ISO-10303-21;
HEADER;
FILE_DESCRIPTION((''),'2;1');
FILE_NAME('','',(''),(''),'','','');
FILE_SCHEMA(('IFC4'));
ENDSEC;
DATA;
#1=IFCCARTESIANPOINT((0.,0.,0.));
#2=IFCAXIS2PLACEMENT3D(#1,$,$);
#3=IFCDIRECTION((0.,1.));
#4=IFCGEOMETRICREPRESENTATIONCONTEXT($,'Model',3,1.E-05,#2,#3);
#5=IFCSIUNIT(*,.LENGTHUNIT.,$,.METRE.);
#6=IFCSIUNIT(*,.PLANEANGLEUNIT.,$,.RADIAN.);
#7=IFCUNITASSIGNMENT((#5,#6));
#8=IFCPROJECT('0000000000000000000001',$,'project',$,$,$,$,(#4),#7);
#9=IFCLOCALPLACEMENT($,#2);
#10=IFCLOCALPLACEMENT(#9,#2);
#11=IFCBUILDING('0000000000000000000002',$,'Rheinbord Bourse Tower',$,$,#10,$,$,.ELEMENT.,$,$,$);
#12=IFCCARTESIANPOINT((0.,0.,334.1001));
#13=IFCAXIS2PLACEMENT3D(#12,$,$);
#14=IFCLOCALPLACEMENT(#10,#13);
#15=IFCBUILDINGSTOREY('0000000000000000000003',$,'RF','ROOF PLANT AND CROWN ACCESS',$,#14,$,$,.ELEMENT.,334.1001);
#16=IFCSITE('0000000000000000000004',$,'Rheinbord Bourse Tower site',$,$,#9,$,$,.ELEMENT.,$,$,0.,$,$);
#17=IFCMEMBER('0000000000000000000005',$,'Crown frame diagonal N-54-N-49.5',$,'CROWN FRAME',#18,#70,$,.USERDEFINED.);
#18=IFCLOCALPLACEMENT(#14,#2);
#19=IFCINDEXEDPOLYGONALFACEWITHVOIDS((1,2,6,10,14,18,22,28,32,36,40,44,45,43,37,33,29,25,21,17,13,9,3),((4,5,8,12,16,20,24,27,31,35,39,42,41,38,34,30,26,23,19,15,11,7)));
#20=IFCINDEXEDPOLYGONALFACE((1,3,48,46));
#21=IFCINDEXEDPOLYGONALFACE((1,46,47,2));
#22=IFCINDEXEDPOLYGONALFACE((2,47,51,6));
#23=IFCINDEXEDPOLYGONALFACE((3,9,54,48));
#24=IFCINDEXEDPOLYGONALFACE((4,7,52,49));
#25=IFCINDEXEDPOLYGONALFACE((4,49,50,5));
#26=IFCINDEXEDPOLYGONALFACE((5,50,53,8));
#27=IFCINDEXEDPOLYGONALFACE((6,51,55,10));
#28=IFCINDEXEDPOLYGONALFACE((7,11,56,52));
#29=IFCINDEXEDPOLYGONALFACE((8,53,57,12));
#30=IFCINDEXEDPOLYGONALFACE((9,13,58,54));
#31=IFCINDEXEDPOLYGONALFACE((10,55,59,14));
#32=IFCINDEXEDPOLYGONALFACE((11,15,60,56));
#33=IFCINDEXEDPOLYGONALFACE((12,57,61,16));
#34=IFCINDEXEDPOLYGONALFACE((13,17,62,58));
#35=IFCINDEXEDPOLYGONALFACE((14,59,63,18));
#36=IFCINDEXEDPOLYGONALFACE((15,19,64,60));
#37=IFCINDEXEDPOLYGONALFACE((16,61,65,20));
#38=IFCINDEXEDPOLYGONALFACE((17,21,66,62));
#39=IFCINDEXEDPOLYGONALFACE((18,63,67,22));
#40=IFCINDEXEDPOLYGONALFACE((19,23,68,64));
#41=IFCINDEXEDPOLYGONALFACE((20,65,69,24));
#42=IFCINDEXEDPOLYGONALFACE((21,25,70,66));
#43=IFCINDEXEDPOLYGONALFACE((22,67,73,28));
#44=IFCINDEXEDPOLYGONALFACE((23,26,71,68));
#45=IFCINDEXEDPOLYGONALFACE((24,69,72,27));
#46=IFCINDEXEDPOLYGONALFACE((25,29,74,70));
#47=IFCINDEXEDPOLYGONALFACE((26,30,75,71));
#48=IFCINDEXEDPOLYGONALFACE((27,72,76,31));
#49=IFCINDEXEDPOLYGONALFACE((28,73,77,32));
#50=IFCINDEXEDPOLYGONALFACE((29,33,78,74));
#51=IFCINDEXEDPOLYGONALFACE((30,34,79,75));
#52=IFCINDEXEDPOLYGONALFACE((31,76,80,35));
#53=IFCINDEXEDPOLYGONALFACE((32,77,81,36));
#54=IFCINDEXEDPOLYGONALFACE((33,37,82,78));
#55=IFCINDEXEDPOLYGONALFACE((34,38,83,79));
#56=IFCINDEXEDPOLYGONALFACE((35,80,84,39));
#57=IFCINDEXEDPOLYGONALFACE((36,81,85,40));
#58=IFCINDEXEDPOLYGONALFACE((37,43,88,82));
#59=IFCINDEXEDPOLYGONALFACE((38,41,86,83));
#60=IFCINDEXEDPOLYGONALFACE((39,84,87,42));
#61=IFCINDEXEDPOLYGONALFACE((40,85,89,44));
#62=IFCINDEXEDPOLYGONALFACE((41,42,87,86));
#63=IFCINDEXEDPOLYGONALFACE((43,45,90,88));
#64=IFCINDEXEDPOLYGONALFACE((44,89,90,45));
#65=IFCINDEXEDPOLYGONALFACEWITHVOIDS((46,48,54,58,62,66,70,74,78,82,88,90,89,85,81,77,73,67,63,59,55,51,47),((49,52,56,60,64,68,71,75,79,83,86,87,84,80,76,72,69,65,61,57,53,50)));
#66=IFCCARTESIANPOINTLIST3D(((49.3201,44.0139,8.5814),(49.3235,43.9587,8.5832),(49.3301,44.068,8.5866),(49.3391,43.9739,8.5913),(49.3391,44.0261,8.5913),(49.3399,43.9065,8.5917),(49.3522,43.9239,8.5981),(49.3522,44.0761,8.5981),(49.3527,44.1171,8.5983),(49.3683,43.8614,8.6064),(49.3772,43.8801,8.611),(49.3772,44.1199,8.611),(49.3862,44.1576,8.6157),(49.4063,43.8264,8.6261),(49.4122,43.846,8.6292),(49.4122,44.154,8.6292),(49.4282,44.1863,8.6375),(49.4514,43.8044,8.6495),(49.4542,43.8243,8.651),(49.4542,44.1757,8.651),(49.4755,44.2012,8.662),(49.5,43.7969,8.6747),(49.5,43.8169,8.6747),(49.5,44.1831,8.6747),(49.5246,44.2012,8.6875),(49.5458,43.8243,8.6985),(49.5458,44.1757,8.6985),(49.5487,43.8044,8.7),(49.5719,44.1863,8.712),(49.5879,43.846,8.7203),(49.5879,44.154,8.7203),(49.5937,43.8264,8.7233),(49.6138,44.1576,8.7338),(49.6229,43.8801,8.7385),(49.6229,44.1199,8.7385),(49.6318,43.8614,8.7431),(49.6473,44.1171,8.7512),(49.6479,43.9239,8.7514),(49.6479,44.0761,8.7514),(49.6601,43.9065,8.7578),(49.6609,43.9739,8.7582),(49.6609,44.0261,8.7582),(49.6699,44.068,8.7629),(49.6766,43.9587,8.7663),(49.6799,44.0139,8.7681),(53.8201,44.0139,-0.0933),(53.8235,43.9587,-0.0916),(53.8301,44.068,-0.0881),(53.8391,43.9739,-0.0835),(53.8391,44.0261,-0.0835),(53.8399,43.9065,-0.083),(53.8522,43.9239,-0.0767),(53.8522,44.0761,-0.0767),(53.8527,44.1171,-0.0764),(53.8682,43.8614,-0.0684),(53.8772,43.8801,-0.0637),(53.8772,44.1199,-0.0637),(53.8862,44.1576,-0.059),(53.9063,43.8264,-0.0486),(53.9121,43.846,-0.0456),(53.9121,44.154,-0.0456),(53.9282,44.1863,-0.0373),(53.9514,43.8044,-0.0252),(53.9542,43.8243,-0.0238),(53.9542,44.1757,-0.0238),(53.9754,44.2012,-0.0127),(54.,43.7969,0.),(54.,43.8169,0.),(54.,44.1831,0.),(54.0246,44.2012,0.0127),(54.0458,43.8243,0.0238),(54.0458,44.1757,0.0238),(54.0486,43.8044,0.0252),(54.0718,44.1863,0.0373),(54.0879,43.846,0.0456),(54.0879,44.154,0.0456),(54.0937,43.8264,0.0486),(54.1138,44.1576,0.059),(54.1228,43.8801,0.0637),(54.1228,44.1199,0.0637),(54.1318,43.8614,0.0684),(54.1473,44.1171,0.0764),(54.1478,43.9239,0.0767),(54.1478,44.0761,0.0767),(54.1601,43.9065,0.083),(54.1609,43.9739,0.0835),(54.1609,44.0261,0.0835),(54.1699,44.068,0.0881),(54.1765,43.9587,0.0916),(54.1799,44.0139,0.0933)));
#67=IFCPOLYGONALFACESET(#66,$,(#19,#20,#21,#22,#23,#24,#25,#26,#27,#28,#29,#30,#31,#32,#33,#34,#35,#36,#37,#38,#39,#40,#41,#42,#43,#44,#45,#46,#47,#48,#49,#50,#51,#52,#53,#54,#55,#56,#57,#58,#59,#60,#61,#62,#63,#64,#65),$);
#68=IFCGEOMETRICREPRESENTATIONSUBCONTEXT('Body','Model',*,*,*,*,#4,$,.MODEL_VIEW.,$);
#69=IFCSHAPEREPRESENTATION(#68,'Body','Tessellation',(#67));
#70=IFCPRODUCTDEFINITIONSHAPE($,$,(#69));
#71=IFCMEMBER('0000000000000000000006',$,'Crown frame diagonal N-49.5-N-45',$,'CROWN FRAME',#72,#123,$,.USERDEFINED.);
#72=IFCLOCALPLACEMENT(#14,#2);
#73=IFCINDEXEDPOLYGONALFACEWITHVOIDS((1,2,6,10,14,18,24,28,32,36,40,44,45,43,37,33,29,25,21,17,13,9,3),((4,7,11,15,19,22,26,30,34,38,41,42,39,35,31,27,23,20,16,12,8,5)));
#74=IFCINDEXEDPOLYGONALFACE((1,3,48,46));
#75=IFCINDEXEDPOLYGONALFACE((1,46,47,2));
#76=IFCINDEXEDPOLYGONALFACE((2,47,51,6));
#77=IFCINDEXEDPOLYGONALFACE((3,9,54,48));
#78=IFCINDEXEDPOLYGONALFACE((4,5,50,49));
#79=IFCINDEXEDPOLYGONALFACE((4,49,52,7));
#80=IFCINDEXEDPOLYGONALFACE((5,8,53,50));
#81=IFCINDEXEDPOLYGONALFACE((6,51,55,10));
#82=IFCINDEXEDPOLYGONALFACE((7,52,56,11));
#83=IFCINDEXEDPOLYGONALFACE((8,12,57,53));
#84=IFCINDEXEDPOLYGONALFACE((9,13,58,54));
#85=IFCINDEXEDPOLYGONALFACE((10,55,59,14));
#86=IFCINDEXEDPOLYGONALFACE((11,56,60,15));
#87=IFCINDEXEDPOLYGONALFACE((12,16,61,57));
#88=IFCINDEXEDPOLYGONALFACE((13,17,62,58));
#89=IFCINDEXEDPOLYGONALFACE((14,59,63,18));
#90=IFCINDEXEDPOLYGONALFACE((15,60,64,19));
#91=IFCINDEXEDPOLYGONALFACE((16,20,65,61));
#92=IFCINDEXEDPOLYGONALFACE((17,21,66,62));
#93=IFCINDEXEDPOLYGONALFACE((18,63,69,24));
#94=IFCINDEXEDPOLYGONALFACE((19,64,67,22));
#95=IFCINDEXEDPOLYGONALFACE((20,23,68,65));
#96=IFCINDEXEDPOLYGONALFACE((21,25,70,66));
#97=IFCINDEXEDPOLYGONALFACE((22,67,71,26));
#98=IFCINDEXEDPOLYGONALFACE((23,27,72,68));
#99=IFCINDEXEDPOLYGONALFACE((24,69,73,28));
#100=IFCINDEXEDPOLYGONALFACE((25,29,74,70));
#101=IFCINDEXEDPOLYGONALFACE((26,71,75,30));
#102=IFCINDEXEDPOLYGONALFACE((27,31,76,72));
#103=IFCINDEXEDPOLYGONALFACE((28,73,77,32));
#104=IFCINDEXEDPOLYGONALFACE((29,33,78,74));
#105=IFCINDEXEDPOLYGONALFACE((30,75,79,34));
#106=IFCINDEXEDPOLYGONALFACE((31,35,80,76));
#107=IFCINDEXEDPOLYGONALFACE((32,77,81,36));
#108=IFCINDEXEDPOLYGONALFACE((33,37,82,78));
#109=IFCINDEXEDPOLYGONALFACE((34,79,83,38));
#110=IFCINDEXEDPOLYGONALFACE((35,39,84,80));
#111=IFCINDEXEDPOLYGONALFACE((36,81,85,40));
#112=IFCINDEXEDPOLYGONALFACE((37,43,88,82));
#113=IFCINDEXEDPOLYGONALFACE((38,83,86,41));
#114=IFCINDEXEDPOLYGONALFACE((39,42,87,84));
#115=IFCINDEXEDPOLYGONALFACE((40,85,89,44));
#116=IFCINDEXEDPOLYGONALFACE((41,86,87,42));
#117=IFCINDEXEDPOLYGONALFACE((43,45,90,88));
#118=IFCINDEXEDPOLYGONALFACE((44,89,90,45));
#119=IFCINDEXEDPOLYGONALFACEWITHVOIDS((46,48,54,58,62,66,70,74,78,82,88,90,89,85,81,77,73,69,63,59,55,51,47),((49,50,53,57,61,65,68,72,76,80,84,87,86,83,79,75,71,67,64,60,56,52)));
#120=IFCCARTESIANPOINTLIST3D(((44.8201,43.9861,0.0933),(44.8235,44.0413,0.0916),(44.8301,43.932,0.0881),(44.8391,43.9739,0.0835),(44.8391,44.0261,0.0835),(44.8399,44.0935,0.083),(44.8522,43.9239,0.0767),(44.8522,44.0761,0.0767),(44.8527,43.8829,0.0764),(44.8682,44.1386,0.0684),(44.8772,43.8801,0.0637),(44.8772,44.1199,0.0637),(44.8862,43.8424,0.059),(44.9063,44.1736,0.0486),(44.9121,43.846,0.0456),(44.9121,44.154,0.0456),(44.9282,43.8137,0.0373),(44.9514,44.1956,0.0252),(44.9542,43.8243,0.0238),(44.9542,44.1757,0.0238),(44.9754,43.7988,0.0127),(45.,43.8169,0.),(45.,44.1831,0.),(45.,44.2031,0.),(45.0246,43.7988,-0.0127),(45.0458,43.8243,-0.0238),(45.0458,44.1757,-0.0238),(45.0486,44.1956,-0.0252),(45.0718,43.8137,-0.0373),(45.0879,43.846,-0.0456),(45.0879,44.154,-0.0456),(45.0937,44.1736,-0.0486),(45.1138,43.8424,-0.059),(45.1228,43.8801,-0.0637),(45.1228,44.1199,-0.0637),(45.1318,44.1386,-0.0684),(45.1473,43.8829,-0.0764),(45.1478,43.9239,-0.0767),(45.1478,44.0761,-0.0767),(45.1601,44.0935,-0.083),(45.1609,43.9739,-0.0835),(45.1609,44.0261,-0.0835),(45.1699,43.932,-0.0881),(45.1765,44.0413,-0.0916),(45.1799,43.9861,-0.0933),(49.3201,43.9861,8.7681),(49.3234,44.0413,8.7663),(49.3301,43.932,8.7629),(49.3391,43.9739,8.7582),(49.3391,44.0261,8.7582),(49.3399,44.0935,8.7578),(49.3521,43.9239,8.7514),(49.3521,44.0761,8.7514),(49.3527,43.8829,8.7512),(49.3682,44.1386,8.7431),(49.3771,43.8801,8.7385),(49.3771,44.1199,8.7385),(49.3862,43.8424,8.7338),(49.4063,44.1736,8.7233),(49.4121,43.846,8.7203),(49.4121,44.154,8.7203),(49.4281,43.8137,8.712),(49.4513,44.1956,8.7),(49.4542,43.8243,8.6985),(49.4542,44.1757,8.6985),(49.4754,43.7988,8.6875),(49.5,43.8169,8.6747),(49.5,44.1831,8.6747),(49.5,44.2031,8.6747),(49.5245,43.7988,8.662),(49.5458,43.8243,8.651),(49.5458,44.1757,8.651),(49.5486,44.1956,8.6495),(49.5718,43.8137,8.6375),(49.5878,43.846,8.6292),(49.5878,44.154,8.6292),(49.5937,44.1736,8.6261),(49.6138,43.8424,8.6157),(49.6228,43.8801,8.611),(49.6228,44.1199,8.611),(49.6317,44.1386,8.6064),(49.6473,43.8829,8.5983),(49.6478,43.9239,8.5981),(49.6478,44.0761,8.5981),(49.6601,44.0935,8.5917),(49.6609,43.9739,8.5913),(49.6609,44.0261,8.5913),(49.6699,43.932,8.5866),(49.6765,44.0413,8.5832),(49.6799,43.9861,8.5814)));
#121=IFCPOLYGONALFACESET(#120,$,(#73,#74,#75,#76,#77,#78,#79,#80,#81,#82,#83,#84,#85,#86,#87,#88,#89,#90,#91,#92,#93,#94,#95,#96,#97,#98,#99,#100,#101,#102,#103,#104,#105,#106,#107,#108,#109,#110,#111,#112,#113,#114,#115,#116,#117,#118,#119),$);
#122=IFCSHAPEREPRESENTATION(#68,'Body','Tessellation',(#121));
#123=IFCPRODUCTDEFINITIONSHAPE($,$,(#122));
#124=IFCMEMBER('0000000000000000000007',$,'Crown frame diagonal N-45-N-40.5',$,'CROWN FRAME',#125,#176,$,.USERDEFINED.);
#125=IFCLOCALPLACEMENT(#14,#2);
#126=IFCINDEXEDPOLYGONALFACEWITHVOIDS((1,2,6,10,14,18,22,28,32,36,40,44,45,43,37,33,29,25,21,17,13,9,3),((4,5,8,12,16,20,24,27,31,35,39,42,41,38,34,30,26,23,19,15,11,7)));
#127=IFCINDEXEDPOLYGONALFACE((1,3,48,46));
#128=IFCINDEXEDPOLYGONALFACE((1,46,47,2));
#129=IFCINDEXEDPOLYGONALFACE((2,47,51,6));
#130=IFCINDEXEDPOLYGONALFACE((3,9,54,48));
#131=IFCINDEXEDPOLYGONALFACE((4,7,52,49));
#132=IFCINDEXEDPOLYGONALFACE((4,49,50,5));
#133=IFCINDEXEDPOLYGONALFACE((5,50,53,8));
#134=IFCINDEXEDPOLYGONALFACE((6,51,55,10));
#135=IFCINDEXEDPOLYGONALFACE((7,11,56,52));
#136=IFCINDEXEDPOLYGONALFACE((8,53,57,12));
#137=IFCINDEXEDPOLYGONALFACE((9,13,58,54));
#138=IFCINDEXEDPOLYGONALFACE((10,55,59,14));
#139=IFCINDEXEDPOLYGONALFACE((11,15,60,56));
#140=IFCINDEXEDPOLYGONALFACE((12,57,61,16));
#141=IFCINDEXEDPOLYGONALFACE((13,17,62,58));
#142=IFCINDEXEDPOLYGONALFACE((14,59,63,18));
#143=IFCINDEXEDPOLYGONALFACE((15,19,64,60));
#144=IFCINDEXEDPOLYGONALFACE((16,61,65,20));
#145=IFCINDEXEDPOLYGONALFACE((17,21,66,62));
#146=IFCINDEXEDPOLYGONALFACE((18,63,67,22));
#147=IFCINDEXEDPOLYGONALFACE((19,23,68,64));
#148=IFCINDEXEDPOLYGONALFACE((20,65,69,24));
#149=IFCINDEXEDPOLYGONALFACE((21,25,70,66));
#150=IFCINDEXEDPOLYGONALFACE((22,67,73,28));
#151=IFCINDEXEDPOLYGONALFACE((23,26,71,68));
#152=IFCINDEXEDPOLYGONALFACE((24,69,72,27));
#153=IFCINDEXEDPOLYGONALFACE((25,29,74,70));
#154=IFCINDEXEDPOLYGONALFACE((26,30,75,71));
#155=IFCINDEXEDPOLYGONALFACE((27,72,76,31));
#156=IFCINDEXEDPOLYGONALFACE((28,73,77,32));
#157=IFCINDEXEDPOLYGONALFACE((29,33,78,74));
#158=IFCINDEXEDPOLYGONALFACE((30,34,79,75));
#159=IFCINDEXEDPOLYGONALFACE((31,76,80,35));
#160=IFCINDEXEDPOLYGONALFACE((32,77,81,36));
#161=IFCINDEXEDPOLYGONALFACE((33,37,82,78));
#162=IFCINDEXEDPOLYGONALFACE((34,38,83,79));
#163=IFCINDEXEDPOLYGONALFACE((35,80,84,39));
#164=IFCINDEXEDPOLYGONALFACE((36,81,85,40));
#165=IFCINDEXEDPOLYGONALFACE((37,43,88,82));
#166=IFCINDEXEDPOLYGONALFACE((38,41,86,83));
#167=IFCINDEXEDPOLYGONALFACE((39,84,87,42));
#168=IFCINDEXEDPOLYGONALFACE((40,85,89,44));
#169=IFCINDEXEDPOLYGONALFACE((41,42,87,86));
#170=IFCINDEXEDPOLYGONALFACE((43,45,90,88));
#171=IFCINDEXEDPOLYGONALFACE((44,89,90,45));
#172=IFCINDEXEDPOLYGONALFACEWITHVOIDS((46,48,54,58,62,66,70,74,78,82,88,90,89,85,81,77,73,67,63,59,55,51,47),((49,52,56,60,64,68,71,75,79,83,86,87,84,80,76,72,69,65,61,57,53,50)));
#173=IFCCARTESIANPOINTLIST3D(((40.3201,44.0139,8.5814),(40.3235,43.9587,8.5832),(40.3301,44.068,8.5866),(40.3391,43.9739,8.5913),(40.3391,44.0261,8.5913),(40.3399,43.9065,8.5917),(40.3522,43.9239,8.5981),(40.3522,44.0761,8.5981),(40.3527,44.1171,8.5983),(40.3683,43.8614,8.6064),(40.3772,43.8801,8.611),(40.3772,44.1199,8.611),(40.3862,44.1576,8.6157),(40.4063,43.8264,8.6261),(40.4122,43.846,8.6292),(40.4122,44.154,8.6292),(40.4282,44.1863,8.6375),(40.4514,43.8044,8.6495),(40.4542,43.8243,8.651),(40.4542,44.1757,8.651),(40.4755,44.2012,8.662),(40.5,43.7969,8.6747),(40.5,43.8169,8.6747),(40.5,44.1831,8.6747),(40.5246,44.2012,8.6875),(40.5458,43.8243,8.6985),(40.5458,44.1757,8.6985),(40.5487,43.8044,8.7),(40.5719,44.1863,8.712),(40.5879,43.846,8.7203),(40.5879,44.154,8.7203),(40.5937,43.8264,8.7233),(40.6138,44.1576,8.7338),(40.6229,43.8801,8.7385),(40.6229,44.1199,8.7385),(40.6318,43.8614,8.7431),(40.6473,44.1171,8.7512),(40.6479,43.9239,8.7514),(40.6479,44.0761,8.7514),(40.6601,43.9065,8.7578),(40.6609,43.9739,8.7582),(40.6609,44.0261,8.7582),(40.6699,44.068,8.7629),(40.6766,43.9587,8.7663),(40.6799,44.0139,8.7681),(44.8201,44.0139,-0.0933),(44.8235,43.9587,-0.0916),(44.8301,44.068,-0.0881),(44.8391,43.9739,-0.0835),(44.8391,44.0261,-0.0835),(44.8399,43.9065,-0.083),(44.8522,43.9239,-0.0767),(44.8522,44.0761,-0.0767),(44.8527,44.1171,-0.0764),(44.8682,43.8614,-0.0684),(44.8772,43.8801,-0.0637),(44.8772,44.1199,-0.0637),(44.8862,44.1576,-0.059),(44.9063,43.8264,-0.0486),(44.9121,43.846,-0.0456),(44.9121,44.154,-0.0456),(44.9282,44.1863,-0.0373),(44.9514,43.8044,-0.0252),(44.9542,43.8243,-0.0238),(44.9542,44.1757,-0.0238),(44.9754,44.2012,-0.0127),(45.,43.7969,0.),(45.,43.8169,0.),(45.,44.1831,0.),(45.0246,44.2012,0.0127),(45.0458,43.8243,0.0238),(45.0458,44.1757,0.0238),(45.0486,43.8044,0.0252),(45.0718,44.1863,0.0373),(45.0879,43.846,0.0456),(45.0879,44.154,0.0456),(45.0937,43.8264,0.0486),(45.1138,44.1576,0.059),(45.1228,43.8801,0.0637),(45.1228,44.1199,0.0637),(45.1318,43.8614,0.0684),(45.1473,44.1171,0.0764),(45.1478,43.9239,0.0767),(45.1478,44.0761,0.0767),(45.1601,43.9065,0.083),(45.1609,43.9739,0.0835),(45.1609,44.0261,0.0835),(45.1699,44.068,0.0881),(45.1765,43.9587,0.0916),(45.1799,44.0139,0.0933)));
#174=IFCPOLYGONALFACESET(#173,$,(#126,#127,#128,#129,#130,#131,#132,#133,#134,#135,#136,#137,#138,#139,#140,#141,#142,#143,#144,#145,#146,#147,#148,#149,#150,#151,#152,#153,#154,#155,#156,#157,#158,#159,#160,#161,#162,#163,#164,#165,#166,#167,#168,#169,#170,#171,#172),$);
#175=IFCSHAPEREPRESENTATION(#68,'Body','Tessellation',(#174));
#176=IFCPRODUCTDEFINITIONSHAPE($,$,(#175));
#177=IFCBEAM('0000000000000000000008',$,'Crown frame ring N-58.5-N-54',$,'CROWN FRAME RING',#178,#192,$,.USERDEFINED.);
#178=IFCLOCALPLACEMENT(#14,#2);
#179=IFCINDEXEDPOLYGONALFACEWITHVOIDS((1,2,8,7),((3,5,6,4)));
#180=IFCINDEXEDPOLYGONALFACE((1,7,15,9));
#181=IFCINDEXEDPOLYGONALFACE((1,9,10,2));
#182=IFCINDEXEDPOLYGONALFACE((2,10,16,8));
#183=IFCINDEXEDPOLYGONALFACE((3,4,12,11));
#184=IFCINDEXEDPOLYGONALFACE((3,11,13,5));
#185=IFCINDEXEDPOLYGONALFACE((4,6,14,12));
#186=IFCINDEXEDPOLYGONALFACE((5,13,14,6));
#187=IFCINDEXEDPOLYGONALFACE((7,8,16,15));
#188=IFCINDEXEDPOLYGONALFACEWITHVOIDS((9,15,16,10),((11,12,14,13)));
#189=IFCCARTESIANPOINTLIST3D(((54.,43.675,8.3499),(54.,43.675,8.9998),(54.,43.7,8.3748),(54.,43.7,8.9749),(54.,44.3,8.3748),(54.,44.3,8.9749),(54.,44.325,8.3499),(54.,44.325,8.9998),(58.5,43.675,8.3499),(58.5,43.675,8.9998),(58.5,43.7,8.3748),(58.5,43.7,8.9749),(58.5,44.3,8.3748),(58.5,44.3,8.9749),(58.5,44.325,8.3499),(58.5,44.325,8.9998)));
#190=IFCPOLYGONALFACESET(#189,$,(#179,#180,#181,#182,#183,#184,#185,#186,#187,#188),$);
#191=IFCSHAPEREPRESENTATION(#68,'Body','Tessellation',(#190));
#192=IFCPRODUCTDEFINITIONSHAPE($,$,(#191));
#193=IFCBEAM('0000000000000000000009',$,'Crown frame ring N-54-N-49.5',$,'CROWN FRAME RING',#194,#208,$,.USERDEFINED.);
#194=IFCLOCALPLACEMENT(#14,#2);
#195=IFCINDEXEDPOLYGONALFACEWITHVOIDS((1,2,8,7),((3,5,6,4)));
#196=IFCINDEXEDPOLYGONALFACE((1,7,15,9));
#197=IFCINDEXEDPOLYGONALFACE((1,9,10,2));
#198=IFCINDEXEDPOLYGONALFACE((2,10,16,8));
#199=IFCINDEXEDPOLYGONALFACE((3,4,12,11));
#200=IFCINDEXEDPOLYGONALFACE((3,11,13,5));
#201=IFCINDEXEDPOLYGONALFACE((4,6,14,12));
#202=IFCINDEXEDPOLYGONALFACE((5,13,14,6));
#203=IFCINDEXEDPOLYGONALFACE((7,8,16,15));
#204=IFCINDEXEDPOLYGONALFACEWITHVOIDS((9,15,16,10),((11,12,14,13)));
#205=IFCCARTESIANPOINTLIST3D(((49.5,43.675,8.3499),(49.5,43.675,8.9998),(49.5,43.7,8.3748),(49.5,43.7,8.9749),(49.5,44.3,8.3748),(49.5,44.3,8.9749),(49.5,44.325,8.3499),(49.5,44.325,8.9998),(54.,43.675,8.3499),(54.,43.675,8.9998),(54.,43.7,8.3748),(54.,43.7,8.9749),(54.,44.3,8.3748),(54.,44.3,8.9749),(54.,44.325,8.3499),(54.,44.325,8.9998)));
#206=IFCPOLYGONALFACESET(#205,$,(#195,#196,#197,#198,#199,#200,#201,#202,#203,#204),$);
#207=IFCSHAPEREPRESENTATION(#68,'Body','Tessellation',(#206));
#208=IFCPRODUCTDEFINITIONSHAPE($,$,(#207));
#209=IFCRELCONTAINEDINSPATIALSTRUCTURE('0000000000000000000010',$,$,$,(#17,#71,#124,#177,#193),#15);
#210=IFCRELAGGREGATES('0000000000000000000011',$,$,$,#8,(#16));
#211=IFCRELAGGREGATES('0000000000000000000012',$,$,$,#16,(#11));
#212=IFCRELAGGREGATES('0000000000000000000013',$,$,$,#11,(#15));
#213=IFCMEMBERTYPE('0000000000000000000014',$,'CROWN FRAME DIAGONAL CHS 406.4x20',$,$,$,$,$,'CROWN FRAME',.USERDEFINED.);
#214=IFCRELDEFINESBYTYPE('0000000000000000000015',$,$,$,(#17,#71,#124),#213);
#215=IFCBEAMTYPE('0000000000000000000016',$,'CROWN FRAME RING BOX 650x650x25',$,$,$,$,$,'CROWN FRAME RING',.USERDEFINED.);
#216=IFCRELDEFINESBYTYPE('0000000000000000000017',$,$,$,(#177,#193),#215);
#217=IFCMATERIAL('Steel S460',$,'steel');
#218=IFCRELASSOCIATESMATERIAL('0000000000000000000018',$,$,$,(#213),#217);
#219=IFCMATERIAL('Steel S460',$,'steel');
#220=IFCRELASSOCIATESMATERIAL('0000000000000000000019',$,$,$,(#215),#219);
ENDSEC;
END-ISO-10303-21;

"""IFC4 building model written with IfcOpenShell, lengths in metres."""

from ifc_helpers import new_model, si_unit, direction, frame, origin, origin_2d, place, context, subcontext, project, spatial, hollow_rectangle, hollow_circle, extrude, material, material_profile, profile_set, type_object, element, save


model = new_model("IFC4")

# Units and contexts
model_context = context("Model", 3, precision=1e-05, world=origin(), true_north=direction((0.0, 1.0)))
body_context = subcontext(model_context, "Body", "Model", "MODEL_VIEW")
ifc_project = project(units=[si_unit("LENGTHUNIT", "METRE"), si_unit("PLANEANGLEUNIT", "RADIAN")], contexts=[model_context])

# Site, building, storey
site_placement = place(None, origin())
site = spatial("IfcSite", under=ifc_project, at=site_placement, Name="Rheinbord Bourse Tower site", CompositionType="ELEMENT", RefElevation=0.0)
building_placement = place(site_placement, origin())
building = spatial("IfcBuilding", under=site, at=building_placement, Name="Rheinbord Bourse Tower", CompositionType="ELEMENT")
storey_placement = place(building_placement, frame((0.0, 0.0, 334.1001)))
storey = spatial("IfcBuildingStorey", under=building, at=storey_placement, Name="RF", Description="ROOF PLANT AND CROWN ACCESS", CompositionType="ELEMENT", Elevation=334.1001)

# Members
ifc_material_1 = material(Name="Steel S460", Category="steel")
ifc_material_profile_1 = material_profile(ifc_material_1, hollow_circle(Radius=0.2031, WallThickness=0.02, at=origin_2d()), Name="CHS 406.4x20")
ifc_profile_set_1 = profile_set([ifc_material_profile_1], Name="Steel S460")
member_type = type_object("IfcMemberType", Name="CROWN FRAME DIAGONAL CHS 406.4x20", ElementType="CROWN FRAME", PredefinedType="USERDEFINED", material=ifc_profile_set_1)
for number, where, z_axis, x_axis, name in (
    (1, (54.0, 44.0, 0.0), (-0.460475, 0.0, 0.887673), (0.0, -1.0, 0.0), "Crown frame diagonal N-54-N-49.5"),
    (2, (45.0, 44.0, 0.0), (0.460475, 0.0, 0.887673), (0.0, 1.0, 0.0), "Crown frame diagonal N-49.5-N-45"),
    (3, (45.0, 44.0, 0.0), (-0.460475, 0.0, 0.887673), (0.0, -1.0, 0.0), "Crown frame diagonal N-45-N-40.5"),
):
    element("IfcMember", number, at=place(storey_placement, frame(where, z_axis=z_axis, x_axis=x_axis)), inside=storey, type_object=member_type, Name=name, ObjectType="CROWN FRAME", PredefinedType="USERDEFINED", context=body_context, shape_type="SweptSolid", body=[
        extrude(hollow_circle(Radius=0.2031, WallThickness=0.02, at=origin_2d()), origin(), (0.0, 0.0, 1.0), 9.7725),
    ])

# Beams
ifc_material_2 = material(Name="Steel S460", Category="steel")
ifc_material_profile_2 = material_profile(ifc_material_2, hollow_rectangle(XDim=0.6499, YDim=0.6499, WallThickness=0.0249, at=origin_2d()), Name="BOX 650x650x25")
ifc_profile_set_2 = profile_set([ifc_material_profile_2], Name="Steel S460")
beam_type = type_object("IfcBeamType", Name="CROWN FRAME RING BOX 650x650x25", ElementType="CROWN FRAME RING", PredefinedType="USERDEFINED", material=ifc_profile_set_2)
for number, where, z_axis, x_axis, name in (
    (4, (58.5, 44.0, 8.6748), (-1.0, 0.0, 0.0), (0.0, -1.0, 0.0), "Crown frame ring N-58.5-N-54"),
    (5, (54.0, 44.0, 8.6748), (-1.0, 0.0, 0.0), (0.0, -1.0, 0.0), "Crown frame ring N-54-N-49.5"),
):
    element("IfcBeam", number, at=place(storey_placement, frame(where, z_axis=z_axis, x_axis=x_axis)), inside=storey, type_object=beam_type, Name=name, ObjectType="CROWN FRAME RING", PredefinedType="USERDEFINED", context=body_context, shape_type="SweptSolid", body=[
        extrude(hollow_rectangle(XDim=0.6499, YDim=0.6499, WallThickness=0.0249, at=origin_2d()), origin(), (0.0, 0.0, 1.0), 4.5),
    ])

save(model, "model.ifc")
